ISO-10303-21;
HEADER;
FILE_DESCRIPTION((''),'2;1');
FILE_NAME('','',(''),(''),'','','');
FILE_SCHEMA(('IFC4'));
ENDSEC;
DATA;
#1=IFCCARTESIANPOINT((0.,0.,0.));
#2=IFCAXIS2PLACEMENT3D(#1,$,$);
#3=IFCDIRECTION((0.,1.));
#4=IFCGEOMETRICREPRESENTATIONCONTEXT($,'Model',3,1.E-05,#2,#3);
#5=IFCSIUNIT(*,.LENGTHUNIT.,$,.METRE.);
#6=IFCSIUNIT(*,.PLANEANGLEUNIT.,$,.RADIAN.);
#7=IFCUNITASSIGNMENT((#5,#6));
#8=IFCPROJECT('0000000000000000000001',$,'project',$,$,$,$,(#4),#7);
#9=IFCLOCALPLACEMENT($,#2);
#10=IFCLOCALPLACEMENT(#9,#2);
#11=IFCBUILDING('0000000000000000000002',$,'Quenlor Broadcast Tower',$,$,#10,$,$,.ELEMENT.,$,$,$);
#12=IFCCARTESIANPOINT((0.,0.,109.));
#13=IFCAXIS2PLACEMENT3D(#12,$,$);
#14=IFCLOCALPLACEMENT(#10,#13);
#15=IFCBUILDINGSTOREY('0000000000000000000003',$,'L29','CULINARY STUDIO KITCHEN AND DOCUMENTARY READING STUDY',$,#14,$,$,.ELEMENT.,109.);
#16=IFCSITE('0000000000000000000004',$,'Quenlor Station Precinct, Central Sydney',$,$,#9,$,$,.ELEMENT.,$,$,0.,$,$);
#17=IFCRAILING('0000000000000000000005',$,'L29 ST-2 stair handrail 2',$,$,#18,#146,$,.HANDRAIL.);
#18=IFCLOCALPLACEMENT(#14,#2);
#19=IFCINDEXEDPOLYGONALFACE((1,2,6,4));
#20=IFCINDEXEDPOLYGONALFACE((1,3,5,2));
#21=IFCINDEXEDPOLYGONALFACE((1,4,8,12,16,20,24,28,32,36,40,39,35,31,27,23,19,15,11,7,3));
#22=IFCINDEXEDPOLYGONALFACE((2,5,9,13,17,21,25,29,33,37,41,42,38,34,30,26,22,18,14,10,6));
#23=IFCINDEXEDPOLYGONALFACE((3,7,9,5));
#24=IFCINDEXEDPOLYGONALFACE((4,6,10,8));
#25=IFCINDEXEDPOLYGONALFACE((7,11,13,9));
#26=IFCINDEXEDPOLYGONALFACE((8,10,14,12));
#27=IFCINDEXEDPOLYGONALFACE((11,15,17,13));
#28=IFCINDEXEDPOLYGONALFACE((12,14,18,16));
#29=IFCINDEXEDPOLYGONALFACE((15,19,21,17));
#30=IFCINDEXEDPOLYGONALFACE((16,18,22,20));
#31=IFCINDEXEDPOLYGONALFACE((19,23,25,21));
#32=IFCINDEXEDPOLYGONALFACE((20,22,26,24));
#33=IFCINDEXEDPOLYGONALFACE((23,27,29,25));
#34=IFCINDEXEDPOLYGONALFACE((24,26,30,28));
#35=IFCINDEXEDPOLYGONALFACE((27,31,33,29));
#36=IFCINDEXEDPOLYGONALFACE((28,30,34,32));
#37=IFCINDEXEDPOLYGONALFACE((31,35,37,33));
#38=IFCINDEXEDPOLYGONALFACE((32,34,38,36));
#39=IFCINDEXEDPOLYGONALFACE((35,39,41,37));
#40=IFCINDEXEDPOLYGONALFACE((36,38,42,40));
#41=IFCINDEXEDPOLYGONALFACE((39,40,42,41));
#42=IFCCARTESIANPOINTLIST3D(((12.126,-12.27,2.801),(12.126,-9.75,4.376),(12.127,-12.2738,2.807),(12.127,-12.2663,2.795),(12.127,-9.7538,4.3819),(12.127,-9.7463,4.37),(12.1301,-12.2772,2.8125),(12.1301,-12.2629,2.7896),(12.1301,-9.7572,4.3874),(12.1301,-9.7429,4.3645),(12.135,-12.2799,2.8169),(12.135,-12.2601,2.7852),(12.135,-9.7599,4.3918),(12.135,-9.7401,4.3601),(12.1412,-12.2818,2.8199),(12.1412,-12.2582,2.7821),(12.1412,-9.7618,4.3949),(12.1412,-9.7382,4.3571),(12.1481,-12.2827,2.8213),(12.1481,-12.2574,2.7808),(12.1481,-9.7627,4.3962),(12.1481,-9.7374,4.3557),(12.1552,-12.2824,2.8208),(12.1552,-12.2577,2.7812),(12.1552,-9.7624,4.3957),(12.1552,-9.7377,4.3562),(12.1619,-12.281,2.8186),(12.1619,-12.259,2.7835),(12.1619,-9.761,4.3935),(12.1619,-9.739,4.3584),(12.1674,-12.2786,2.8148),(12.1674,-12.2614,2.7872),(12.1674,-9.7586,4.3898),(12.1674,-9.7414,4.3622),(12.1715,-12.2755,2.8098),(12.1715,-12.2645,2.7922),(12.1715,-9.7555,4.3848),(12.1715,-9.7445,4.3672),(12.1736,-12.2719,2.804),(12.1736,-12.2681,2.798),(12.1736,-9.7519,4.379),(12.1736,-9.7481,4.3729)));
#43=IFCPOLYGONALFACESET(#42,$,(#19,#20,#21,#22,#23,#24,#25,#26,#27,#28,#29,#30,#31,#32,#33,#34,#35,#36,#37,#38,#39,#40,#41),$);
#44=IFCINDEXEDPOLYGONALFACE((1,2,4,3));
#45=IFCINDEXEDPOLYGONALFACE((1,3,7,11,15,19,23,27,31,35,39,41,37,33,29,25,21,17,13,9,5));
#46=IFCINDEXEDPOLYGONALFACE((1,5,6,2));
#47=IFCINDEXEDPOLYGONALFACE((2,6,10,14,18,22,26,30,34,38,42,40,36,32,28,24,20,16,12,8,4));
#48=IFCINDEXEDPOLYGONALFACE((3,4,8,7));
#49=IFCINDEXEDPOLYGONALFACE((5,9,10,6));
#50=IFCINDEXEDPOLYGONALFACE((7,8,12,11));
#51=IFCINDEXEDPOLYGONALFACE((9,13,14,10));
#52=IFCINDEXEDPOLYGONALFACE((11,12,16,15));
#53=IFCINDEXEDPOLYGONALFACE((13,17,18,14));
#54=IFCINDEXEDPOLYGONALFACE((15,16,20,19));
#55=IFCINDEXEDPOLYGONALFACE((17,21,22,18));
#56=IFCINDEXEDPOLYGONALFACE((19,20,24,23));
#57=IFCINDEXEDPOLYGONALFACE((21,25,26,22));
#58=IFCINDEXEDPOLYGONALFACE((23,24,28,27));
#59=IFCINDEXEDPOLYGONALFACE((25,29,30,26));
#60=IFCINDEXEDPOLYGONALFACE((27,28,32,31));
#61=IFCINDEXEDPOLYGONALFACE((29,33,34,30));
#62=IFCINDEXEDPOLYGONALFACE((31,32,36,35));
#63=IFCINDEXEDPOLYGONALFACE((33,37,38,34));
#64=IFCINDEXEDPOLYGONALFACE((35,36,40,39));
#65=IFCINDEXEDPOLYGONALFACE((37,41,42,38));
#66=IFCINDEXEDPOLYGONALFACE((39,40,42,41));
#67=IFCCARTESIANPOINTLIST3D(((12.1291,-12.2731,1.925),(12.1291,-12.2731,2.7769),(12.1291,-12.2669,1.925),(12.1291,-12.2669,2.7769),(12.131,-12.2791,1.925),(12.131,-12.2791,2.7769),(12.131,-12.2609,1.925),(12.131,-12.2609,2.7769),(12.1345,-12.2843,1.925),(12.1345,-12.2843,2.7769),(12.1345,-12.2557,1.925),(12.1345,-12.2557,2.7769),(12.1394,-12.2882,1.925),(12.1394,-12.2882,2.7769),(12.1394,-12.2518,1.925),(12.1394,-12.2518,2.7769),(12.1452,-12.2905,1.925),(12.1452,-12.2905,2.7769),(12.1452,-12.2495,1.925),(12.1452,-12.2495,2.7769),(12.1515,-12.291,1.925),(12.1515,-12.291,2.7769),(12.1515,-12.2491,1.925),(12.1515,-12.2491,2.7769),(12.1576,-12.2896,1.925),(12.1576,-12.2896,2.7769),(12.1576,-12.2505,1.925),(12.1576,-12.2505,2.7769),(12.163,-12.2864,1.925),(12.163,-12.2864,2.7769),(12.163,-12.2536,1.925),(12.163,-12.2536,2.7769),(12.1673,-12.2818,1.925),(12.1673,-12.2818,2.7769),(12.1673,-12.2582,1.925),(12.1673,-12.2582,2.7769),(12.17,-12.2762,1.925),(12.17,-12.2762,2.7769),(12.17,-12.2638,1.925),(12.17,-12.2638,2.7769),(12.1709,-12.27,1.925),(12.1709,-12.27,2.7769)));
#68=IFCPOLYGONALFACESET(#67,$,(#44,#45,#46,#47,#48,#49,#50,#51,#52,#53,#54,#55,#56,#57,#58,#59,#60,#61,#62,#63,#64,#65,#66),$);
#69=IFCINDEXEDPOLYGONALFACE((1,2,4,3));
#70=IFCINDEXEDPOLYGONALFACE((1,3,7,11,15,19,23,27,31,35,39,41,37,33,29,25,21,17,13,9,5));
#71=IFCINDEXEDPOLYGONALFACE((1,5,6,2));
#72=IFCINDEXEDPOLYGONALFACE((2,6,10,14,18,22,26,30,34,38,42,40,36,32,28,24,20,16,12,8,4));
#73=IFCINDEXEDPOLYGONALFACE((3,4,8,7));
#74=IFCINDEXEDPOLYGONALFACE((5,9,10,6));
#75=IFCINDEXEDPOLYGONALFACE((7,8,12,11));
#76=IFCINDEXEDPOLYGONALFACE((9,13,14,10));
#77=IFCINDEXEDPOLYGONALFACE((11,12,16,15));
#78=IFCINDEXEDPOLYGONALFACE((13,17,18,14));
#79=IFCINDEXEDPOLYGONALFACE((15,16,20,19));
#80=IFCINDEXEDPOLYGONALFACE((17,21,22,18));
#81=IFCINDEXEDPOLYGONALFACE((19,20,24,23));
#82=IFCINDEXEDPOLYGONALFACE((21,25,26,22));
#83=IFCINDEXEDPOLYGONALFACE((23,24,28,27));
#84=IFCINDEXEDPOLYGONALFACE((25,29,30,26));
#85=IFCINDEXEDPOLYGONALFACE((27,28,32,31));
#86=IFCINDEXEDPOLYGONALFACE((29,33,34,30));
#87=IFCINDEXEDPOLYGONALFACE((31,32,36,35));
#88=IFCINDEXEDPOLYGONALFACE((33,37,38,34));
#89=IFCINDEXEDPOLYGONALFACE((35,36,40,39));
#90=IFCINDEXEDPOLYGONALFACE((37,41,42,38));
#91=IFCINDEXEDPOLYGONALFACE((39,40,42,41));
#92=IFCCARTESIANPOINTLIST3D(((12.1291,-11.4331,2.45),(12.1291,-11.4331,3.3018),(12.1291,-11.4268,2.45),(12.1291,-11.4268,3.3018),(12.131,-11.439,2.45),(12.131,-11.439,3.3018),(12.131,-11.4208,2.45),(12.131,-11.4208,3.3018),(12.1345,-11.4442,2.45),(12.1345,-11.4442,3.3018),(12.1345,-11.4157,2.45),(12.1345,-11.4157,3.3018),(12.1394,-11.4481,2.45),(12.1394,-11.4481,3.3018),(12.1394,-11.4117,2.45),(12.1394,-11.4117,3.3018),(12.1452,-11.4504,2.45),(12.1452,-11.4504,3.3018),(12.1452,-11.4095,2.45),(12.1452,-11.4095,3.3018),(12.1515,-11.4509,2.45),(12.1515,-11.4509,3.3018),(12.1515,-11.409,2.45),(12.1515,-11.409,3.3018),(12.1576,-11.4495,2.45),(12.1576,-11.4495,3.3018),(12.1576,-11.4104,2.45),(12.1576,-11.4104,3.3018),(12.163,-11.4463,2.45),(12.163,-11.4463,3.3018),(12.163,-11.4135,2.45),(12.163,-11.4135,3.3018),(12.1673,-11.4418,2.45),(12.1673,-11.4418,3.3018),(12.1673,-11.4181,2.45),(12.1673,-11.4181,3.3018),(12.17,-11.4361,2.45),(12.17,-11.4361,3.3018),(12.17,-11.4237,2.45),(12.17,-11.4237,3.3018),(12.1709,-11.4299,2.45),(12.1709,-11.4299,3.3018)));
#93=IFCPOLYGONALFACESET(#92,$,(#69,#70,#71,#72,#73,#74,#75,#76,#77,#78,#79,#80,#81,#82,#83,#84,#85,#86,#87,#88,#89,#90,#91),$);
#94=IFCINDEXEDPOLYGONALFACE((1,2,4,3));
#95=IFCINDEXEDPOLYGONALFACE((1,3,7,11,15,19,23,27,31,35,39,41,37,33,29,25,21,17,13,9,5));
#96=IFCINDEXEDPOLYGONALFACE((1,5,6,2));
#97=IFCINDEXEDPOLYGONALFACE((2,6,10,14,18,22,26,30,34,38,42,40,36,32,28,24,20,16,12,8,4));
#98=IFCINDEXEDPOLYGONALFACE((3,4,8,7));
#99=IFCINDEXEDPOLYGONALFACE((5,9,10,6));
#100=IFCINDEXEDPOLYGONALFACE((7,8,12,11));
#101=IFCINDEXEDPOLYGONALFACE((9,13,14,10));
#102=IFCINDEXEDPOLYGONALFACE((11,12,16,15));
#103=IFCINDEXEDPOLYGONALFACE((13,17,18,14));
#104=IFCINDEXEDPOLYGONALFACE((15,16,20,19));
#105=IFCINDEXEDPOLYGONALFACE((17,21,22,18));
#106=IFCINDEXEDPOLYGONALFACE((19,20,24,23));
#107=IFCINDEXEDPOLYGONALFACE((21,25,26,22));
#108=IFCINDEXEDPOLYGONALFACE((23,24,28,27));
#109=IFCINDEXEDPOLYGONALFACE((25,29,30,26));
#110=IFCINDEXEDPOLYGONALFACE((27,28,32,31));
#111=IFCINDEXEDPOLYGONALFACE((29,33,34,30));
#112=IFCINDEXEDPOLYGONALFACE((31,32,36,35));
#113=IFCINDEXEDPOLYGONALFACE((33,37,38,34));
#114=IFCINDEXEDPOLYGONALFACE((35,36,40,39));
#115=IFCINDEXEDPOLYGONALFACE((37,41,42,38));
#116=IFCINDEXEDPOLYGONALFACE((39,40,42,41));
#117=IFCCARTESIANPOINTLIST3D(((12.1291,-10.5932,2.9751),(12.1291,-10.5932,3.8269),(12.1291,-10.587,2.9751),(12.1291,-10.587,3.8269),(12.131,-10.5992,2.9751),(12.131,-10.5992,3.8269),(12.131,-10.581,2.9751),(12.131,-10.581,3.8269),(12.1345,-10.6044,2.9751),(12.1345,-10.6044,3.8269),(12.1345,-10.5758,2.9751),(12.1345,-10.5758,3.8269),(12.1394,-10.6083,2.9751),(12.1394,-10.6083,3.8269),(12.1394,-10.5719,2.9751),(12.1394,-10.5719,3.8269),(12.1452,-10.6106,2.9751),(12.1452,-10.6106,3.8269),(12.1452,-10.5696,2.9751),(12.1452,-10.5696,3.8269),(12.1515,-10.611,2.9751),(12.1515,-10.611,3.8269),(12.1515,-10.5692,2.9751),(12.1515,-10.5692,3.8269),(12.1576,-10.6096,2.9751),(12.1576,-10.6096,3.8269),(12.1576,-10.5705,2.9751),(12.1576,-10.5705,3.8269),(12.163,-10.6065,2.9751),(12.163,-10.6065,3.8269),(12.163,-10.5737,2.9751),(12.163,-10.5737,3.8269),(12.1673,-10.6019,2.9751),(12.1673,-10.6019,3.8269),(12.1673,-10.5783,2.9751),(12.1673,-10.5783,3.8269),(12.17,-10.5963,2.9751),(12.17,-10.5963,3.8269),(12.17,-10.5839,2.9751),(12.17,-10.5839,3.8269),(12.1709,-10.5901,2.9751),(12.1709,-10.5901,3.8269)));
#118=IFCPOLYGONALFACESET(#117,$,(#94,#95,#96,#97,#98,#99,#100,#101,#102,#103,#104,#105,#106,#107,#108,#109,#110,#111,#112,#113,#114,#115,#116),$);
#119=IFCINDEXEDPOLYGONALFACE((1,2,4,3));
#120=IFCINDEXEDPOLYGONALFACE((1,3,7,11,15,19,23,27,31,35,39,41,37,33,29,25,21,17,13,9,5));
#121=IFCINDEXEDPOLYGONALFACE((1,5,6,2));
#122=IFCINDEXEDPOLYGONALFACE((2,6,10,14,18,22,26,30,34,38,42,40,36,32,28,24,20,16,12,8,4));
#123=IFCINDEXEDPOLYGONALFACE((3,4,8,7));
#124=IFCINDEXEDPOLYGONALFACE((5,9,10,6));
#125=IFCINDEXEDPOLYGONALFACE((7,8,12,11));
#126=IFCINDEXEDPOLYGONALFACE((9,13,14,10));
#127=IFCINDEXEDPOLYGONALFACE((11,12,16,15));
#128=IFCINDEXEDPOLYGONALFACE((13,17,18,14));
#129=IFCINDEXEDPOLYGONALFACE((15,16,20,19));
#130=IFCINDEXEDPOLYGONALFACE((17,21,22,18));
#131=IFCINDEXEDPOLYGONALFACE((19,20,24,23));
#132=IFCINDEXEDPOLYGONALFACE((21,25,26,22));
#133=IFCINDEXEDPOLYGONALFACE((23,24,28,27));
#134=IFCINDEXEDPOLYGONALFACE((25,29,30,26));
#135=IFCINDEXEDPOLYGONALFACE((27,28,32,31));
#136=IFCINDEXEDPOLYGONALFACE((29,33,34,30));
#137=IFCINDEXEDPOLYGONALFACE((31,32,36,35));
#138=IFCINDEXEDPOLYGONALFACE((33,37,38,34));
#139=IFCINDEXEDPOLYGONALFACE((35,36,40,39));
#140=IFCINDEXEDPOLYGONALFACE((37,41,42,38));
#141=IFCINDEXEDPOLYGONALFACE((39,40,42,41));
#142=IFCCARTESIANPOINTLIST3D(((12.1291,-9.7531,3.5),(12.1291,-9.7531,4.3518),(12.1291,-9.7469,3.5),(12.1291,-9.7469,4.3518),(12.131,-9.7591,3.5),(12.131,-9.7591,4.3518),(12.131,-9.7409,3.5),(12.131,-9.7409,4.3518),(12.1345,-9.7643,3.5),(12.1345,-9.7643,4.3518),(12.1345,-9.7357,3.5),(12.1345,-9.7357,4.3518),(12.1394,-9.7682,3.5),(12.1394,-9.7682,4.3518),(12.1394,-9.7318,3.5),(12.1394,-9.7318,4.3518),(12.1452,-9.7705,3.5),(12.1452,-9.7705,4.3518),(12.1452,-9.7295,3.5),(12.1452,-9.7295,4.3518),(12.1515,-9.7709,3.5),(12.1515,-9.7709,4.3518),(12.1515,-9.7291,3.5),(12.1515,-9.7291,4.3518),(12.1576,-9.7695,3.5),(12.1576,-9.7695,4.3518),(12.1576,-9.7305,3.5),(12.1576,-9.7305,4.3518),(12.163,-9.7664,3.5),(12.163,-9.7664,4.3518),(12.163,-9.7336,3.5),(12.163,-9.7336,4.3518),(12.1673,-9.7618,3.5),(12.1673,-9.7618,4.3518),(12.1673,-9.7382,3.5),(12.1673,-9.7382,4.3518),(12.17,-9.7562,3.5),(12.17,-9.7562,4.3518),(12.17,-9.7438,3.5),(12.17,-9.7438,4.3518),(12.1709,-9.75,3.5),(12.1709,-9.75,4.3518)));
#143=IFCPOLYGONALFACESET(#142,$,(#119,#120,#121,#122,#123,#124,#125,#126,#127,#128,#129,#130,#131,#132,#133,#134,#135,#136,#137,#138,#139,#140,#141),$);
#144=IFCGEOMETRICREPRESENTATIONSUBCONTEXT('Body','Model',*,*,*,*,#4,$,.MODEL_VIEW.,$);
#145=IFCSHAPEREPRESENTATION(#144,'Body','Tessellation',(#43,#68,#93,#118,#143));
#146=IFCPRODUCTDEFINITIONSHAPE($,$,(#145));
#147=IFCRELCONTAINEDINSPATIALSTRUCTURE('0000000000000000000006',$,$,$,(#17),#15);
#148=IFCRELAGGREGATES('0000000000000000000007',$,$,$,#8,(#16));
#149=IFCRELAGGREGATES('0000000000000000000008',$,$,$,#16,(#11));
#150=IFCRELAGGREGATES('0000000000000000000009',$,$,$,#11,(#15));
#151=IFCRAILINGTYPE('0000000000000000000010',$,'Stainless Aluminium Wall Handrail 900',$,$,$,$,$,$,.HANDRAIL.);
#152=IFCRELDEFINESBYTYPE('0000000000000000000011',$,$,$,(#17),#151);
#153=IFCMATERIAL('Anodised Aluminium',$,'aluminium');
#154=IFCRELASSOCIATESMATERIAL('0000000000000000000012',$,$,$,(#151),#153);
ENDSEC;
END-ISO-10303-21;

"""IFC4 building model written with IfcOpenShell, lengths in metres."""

from ifc_helpers import new_model, si_unit, direction, frame, origin, origin_2d, place, context, subcontext, project, spatial, circle, extrude, material, type_object, element, save


model = new_model("IFC4")

# Units and contexts
model_context = context("Model", 3, precision=1e-05, world=origin(), true_north=direction((0.0, 1.0)))
body_context = subcontext(model_context, "Body", "Model", "MODEL_VIEW")
ifc_project = project(units=[si_unit("LENGTHUNIT", "METRE"), si_unit("PLANEANGLEUNIT", "RADIAN")], contexts=[model_context])

# Site, building, storey
site_placement = place(None, origin())
site = spatial("IfcSite", under=ifc_project, at=site_placement, Name="Quenlor Station Precinct, Central Sydney", CompositionType="ELEMENT", RefElevation=0.0)
building_placement = place(site_placement, origin())
building = spatial("IfcBuilding", under=site, at=building_placement, Name="Quenlor Broadcast Tower", CompositionType="ELEMENT")
storey_placement = place(building_placement, frame((0.0, 0.0, 109.0)))
storey = spatial("IfcBuildingStorey", under=building, at=storey_placement, Name="L29", Description="CULINARY STUDIO KITCHEN AND DOCUMENTARY READING STUDY", CompositionType="ELEMENT", Elevation=109.0)

# Railing
ifc_material_1 = material(Name="Anodised Aluminium", Category="aluminium")
railing_type_1 = type_object("IfcRailingType", Name="Stainless Aluminium Wall Handrail 900", PredefinedType="HANDRAIL", material=ifc_material_1)
railing_1_placement = place(storey_placement, frame((12.1499, -12.27, 1.925)))
element("IfcRailing", 1, at=railing_1_placement, inside=storey, type_object=railing_type_1, Name="L29 ST-2 stair handrail 2", PredefinedType="HANDRAIL", context=body_context, shape_type="SweptSolid", body=[
    extrude(circle(Radius=0.0239, at=origin_2d()), frame((0.0, 0.0, 0.876), z_axis=(0.0, 0.848008, 0.529984), x_axis=(-1.0, 0.0, 0.0)), (0.0, 0.0, 1.0), 2.9717),
    extrude(circle(Radius=0.021, at=origin_2d()), origin(), (0.0, 0.0, 1.0), 0.8518),
    extrude(circle(Radius=0.021, at=origin_2d()), frame((0.0, 0.8401, 0.5249)), (0.0, 0.0, 1.0), 0.8518),
    extrude(circle(Radius=0.021, at=origin_2d()), frame((0.0, 1.6799, 1.05)), (0.0, 0.0, 1.0), 0.8518),
    extrude(circle(Radius=0.021, at=origin_2d()), frame((0.0, 2.52, 1.575)), (0.0, 0.0, 1.0), 0.8518),
])

save(model, "model.ifc")
